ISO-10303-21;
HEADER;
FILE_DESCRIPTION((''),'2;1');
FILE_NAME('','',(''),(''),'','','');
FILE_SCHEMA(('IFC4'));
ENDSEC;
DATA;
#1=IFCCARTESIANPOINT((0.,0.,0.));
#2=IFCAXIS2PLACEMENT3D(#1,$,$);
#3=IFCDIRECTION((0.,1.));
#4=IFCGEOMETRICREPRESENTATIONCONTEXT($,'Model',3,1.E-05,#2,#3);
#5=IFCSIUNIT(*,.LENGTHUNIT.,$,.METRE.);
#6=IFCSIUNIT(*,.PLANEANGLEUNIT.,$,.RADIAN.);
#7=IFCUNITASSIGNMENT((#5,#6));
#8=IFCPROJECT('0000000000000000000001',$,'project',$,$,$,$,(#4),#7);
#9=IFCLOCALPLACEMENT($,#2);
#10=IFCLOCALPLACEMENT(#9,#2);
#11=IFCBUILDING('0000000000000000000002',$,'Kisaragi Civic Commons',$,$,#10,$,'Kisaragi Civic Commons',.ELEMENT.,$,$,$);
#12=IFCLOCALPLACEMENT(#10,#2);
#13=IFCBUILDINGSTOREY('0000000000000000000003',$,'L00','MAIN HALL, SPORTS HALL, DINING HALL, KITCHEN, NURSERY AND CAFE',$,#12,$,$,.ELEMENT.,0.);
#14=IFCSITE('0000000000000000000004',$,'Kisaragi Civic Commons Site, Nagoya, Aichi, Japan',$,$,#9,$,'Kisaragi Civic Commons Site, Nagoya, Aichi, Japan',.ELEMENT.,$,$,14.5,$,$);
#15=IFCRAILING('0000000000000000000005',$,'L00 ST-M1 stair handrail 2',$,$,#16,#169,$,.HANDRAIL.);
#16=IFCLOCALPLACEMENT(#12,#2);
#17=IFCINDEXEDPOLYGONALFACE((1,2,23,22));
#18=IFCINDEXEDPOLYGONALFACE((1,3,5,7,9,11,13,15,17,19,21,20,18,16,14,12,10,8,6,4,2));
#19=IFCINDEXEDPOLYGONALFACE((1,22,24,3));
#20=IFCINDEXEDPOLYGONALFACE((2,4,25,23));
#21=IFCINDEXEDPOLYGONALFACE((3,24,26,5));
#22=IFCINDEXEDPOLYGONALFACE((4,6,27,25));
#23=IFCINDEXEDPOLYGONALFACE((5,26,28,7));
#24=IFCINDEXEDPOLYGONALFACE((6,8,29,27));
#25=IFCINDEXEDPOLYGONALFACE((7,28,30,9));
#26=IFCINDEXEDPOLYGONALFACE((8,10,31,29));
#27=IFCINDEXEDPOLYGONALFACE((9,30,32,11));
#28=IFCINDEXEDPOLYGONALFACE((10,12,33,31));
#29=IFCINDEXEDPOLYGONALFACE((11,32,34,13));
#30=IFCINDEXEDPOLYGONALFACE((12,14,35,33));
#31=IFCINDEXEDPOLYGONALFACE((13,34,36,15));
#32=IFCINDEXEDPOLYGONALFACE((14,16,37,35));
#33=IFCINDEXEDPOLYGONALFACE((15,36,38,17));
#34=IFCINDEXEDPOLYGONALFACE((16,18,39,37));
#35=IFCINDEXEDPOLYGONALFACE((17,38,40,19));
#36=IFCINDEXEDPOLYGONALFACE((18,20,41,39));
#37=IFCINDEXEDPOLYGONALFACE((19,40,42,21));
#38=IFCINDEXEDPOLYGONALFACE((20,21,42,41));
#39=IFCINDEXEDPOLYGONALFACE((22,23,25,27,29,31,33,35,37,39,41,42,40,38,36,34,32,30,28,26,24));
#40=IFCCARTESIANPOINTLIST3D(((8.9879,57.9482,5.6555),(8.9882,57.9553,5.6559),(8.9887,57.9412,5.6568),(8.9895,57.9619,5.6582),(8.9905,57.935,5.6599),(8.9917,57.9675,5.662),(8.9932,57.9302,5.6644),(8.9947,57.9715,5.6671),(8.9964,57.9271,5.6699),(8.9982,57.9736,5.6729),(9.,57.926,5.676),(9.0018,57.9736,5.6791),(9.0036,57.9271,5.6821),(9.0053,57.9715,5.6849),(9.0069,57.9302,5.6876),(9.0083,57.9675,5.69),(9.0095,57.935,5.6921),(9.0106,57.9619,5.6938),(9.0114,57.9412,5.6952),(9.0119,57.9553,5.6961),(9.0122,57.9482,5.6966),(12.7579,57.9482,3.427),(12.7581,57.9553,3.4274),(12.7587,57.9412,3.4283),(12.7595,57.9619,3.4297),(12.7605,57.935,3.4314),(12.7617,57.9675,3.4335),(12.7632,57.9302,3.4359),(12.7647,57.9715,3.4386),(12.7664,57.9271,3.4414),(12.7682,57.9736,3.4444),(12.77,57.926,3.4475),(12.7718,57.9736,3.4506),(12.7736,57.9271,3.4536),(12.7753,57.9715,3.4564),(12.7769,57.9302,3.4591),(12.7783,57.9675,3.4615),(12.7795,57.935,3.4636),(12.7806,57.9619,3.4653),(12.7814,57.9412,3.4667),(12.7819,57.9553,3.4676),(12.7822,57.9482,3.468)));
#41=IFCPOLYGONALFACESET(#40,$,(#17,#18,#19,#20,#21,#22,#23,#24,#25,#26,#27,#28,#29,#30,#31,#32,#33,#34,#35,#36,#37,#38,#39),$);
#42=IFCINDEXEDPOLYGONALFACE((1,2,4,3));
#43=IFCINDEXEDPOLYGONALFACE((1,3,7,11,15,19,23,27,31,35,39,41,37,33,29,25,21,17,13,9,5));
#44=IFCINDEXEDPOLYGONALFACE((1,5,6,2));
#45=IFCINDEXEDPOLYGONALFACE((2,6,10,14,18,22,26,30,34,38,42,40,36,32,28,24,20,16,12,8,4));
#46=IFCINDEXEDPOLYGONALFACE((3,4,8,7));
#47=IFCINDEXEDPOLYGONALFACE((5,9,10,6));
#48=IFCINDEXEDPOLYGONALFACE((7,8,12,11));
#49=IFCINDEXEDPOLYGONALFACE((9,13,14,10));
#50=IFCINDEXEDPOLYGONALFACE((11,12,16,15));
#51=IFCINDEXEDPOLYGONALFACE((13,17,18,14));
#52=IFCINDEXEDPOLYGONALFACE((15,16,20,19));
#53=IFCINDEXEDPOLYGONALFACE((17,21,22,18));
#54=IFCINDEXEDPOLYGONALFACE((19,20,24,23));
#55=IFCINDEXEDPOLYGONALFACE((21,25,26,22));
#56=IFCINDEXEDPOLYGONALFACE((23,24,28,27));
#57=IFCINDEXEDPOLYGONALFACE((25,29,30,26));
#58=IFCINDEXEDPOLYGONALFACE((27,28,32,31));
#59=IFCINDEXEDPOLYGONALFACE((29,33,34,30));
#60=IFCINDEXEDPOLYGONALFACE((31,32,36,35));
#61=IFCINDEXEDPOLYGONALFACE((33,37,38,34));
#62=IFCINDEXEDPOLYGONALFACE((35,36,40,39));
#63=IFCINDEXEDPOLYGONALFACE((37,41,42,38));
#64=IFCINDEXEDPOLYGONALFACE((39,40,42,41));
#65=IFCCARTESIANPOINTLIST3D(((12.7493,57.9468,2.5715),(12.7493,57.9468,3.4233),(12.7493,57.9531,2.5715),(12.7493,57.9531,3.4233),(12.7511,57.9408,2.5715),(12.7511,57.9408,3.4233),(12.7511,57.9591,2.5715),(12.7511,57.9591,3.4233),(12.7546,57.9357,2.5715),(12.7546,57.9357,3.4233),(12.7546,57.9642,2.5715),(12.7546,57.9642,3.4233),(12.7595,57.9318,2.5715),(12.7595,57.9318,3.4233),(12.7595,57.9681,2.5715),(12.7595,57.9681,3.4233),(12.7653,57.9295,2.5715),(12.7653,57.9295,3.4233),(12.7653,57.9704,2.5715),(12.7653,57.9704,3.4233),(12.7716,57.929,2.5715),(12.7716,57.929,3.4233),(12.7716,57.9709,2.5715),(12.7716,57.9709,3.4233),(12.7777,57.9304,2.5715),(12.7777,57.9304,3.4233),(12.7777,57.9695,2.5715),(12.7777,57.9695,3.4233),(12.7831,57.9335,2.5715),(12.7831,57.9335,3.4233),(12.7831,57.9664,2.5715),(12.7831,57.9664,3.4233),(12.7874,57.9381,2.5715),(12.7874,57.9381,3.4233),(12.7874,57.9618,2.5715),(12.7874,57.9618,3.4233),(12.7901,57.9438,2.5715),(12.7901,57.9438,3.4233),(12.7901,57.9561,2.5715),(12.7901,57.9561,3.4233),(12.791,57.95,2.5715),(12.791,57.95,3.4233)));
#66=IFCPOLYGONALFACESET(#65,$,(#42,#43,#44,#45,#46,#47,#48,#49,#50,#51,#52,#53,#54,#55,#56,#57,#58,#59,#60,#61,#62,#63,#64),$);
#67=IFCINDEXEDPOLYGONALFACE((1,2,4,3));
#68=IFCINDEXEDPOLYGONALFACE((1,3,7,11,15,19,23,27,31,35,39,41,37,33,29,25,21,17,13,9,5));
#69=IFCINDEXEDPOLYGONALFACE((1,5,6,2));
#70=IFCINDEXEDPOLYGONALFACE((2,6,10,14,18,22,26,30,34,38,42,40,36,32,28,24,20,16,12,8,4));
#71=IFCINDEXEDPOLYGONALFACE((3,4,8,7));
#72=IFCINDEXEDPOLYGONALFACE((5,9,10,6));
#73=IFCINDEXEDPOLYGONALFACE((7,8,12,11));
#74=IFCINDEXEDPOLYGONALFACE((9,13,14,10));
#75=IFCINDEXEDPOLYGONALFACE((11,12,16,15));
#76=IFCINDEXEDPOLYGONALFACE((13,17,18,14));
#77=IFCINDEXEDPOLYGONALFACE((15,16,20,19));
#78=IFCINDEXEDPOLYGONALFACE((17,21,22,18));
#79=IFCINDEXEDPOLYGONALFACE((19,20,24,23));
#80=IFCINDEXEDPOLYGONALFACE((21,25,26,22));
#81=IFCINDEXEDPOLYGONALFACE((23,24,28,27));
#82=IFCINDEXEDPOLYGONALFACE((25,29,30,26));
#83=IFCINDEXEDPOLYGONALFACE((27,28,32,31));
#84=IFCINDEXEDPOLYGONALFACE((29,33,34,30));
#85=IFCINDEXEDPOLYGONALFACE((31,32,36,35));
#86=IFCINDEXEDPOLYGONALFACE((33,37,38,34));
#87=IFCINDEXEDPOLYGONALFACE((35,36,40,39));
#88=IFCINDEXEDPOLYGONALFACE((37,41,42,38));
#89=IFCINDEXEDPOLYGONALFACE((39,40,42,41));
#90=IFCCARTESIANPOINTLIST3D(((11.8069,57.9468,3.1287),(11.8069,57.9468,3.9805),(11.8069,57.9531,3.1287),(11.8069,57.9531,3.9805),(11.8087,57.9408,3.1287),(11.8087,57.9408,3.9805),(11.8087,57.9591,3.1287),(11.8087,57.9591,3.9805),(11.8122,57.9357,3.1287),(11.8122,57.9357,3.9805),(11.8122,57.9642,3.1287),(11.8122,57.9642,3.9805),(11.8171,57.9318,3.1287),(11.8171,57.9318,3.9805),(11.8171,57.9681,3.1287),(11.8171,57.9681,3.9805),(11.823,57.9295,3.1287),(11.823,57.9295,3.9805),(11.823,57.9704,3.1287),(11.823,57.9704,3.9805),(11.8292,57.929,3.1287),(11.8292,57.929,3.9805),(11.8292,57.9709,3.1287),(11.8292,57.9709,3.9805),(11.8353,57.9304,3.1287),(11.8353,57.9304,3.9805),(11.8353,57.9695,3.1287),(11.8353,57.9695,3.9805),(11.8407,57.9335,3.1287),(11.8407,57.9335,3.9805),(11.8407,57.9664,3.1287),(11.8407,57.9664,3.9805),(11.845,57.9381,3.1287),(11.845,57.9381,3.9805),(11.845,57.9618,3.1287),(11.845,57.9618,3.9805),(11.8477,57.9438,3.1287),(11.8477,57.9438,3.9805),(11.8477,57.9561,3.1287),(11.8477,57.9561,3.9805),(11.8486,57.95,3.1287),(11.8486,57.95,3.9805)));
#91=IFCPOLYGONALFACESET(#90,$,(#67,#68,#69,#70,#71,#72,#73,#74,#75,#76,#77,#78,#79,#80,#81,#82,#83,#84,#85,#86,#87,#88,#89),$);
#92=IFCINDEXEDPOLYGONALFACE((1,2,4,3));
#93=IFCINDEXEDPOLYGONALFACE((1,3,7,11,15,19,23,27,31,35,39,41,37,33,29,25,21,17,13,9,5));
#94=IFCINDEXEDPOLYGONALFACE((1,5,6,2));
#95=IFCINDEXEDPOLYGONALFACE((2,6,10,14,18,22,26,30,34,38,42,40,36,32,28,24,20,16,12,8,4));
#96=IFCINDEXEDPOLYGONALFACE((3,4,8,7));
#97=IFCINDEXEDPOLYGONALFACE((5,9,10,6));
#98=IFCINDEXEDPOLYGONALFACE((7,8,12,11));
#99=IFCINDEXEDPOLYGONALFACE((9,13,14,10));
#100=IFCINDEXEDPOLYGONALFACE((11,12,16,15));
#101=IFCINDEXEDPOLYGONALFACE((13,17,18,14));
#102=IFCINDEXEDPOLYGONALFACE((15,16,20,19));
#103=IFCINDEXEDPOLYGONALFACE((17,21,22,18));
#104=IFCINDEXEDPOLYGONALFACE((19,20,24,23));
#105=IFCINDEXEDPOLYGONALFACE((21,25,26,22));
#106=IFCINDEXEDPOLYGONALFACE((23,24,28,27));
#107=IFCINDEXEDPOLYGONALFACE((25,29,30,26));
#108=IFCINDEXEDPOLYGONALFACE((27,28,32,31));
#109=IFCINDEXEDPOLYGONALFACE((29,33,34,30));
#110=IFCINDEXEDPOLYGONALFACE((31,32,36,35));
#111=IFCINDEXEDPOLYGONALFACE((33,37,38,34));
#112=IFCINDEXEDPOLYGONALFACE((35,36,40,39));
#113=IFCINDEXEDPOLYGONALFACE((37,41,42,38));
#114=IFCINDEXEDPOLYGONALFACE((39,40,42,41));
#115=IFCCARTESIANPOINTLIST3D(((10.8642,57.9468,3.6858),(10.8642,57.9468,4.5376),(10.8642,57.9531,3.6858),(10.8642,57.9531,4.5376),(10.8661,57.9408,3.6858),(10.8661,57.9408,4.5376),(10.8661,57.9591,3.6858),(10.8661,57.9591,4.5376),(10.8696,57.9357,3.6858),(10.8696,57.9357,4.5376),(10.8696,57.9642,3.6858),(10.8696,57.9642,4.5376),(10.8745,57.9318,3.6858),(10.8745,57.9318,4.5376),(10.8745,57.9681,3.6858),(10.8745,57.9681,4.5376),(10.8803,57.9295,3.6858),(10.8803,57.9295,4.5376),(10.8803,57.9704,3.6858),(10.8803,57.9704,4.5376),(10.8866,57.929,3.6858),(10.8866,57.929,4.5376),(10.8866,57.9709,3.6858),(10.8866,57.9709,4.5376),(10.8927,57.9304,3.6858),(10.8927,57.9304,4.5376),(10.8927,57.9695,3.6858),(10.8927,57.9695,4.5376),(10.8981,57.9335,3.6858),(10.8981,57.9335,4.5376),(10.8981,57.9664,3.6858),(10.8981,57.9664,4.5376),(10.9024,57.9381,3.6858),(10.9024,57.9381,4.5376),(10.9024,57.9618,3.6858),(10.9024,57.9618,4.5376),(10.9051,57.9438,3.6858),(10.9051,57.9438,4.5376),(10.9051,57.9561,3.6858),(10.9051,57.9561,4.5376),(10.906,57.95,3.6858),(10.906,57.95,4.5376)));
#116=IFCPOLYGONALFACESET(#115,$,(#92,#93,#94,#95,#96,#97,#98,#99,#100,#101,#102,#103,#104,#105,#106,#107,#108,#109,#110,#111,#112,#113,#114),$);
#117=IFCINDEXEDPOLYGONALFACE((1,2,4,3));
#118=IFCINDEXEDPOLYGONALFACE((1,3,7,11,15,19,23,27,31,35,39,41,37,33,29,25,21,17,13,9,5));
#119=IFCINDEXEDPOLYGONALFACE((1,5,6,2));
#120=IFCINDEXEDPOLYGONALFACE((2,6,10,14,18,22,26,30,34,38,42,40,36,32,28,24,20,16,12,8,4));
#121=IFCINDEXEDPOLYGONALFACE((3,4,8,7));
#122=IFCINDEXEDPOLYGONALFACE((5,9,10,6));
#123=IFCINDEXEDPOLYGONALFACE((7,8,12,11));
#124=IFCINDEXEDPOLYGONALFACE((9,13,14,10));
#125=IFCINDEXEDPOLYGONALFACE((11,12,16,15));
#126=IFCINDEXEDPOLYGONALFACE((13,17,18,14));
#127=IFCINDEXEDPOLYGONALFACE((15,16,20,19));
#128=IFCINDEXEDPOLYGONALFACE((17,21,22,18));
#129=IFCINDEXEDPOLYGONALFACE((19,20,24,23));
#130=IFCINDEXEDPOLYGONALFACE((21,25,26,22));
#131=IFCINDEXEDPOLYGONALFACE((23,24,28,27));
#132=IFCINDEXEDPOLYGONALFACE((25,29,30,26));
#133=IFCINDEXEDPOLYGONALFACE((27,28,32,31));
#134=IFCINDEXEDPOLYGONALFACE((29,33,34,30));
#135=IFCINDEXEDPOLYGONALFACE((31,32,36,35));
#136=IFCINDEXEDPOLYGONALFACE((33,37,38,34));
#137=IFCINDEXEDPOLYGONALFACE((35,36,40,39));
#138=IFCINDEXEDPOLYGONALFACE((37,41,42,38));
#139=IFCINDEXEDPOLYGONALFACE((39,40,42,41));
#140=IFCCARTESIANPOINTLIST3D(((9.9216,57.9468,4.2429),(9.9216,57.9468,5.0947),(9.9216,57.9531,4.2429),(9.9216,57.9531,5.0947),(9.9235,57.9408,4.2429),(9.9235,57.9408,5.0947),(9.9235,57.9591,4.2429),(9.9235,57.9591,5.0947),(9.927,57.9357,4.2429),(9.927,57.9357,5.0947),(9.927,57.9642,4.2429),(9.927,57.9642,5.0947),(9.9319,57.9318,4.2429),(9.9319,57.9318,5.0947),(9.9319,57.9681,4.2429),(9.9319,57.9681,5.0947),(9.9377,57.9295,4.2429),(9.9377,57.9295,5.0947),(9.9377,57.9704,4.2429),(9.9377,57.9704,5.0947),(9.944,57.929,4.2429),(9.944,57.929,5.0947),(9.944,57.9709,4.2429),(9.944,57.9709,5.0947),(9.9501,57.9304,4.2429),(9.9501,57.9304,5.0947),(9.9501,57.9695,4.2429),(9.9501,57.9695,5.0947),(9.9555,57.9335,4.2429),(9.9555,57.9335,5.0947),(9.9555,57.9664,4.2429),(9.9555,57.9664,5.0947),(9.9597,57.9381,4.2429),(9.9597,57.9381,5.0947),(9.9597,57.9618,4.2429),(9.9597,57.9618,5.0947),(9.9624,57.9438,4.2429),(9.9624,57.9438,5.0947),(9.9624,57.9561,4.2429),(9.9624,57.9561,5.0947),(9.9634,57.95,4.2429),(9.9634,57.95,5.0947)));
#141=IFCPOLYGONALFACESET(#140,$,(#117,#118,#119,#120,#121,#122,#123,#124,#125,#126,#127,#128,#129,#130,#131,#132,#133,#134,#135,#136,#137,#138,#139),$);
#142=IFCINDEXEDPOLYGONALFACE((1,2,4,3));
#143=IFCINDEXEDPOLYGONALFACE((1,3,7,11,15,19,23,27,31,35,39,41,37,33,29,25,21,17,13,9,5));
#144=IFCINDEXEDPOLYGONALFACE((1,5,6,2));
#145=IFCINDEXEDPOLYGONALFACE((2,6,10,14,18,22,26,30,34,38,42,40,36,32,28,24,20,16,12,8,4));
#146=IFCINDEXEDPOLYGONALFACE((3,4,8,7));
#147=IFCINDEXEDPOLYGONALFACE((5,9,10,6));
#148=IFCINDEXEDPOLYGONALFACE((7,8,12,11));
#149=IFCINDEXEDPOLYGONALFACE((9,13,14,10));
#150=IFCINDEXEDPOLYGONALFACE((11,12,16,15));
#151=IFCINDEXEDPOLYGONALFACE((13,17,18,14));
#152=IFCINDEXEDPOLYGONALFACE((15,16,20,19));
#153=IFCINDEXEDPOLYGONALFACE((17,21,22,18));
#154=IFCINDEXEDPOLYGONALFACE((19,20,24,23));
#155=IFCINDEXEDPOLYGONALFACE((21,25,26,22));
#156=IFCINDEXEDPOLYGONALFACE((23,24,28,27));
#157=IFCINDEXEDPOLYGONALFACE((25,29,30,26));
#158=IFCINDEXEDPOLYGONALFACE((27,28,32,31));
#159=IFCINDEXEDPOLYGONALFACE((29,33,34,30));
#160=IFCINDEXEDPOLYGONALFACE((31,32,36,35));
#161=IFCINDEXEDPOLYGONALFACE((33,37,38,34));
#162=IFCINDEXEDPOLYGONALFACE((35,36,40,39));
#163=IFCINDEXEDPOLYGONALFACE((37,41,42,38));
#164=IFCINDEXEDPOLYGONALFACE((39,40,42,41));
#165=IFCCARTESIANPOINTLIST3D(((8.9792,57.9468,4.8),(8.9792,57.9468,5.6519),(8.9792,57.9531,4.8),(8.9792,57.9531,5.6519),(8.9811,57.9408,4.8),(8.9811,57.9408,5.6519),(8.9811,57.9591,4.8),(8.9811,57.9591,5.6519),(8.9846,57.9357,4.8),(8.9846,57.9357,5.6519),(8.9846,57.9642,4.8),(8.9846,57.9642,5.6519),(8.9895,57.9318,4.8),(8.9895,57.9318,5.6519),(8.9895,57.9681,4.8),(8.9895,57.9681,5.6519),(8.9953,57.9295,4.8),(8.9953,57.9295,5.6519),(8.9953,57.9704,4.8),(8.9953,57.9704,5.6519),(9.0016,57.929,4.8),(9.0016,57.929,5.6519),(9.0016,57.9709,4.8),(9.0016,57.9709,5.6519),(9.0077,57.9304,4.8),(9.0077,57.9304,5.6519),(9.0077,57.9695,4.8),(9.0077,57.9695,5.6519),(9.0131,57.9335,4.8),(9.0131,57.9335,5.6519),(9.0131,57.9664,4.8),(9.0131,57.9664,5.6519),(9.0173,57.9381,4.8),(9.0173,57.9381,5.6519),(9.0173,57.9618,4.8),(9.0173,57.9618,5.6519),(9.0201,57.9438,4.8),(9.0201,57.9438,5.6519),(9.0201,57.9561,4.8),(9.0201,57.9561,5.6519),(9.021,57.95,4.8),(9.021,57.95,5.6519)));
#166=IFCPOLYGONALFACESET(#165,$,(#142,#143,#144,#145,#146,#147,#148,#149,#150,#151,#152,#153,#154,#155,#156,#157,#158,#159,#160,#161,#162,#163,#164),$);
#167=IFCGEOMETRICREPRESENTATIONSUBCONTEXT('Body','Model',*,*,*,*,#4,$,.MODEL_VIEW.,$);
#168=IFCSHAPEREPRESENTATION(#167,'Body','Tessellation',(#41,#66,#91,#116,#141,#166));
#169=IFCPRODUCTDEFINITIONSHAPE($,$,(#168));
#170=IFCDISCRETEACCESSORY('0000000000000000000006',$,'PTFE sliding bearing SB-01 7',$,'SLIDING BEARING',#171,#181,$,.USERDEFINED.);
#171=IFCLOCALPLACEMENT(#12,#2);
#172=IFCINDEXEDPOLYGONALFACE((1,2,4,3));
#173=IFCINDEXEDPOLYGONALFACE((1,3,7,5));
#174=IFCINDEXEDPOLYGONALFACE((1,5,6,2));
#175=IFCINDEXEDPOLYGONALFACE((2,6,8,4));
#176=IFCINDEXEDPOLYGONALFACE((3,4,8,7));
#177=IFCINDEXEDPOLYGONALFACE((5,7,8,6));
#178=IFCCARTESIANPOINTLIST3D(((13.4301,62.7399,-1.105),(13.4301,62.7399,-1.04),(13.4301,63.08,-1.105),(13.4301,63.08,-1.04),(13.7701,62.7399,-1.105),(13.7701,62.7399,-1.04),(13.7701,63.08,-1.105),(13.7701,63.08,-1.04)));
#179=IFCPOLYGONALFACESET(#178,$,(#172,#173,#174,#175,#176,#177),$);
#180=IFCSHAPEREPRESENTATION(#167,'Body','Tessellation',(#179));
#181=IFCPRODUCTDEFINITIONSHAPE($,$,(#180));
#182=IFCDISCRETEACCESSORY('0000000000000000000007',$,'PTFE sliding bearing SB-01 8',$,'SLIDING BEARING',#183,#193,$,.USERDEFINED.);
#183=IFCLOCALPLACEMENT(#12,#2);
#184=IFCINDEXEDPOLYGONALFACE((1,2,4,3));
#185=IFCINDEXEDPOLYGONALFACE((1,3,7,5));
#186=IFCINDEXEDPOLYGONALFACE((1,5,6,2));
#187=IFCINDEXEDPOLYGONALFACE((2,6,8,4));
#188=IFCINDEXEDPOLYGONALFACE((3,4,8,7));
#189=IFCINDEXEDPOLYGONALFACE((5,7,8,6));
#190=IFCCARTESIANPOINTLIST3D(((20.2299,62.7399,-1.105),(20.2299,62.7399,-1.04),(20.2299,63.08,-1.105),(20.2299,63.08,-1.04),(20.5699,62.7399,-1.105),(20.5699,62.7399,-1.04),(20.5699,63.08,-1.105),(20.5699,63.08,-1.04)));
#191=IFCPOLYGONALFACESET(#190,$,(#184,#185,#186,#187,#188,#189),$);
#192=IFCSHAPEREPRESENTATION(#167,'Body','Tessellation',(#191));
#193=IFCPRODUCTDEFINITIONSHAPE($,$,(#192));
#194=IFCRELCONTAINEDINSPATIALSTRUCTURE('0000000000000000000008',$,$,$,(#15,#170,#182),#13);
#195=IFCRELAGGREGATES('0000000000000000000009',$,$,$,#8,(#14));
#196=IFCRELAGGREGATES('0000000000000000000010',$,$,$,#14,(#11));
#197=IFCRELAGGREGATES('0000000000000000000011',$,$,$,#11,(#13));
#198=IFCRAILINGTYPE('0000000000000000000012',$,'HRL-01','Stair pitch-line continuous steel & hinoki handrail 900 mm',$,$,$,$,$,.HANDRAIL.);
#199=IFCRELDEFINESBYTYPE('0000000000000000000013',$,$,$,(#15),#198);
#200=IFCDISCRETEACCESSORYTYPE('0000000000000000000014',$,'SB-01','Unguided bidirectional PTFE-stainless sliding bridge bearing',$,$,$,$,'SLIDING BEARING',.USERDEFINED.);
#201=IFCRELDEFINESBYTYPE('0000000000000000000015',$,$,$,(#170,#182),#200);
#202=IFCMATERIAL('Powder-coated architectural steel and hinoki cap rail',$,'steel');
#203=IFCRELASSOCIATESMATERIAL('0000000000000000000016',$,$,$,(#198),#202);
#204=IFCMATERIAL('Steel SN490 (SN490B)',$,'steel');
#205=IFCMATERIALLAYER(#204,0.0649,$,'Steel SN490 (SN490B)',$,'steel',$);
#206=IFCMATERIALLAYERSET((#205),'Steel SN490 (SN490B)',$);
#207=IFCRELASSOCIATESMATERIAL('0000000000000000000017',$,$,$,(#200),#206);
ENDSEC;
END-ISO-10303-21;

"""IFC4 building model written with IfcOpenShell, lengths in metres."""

from ifc_helpers import new_model, si_unit, direction, frame, origin, origin_2d, place, context, subcontext, project, spatial, rectangle, circle, extrude, material, layer, layer_set, type_object, element, save


model = new_model("IFC4")

# Units and contexts
model_context = context("Model", 3, precision=1e-05, world=origin(), true_north=direction((0.0, 1.0)))
body_context = subcontext(model_context, "Body", "Model", "MODEL_VIEW")
ifc_project = project(units=[si_unit("LENGTHUNIT", "METRE"), si_unit("PLANEANGLEUNIT", "RADIAN")], contexts=[model_context])

# Site, building, storey
site_placement = place(None, origin())
site = spatial("IfcSite", under=ifc_project, at=site_placement, Name="Kisaragi Civic Commons Site, Nagoya, Aichi, Japan", LongName="Kisaragi Civic Commons Site, Nagoya, Aichi, Japan", CompositionType="ELEMENT", RefElevation=14.5)
building_placement = place(site_placement, origin())
building = spatial("IfcBuilding", under=site, at=building_placement, Name="Kisaragi Civic Commons", LongName="Kisaragi Civic Commons", CompositionType="ELEMENT")
storey_placement = place(building_placement, origin())
storey = spatial("IfcBuildingStorey", under=building, at=storey_placement, Name="L00", Description="MAIN HALL, SPORTS HALL, DINING HALL, KITCHEN, NURSERY AND CAFE", CompositionType="ELEMENT", Elevation=0.0)

# Railing
ifc_material_1 = material(Name="Powder-coated architectural steel and hinoki cap rail", Category="steel")
railing_type_1 = type_object("IfcRailingType", Name="HRL-01", Description="Stair pitch-line continuous steel & hinoki handrail 900 mm", PredefinedType="HANDRAIL", material=ifc_material_1)
railing_1_placement = place(storey_placement, frame((12.77, 57.95, 2.5715)))
element("IfcRailing", 1, at=railing_1_placement, inside=storey, type_object=railing_type_1, Name="L00 ST-M1 stair handrail 2", PredefinedType="HANDRAIL", context=body_context, shape_type="SweptSolid", body=[
    extrude(circle(Radius=0.0239, at=origin_2d()), frame((0.0, 0.0, 0.876), z_axis=(-0.860849, 0.0, 0.508861), x_axis=(0.0, -1.0, 0.0)), (0.0, 0.0, 1.0), 4.3794),
    extrude(circle(Radius=0.021, at=origin_2d()), origin(), (0.0, 0.0, 1.0), 0.8518),
    extrude(circle(Radius=0.021, at=origin_2d()), frame((-0.9424, 0.0, 0.5571)), (0.0, 0.0, 1.0), 0.8518),
    extrude(circle(Radius=0.021, at=origin_2d()), frame((-1.885, 0.0, 1.1143)), (0.0, 0.0, 1.0), 0.8518),
    extrude(circle(Radius=0.021, at=origin_2d()), frame((-2.8276, 0.0, 1.6714)), (0.0, 0.0, 1.0), 0.8518),
    extrude(circle(Radius=0.021, at=origin_2d()), frame((-3.77, 0.0, 2.2285)), (0.0, 0.0, 1.0), 0.8518),
])

# Discrete accessories
ifc_material_2 = material(Name="Steel SN490 (SN490B)", Category="steel")
ifc_layer_1 = layer(ifc_material_2, 0.0649, Name="Steel SN490 (SN490B)", Category="steel")
ifc_layer_set_1 = layer_set([ifc_layer_1], Name="Steel SN490 (SN490B)")
discrete_accessory_type = type_object("IfcDiscreteAccessoryType", Name="SB-01", Description="Unguided bidirectional PTFE-stainless sliding bridge bearing", ElementType="SLIDING BEARING", PredefinedType="USERDEFINED", material=ifc_layer_set_1)
for number, where, z_axis, x_axis, name in (
    (2, (13.6001, 62.9099, -1.105), (0.0, 0.0, 1.0), (1.0, 0.0, 0.0), "PTFE sliding bearing SB-01 7"),
    (3, (20.3999, 62.9099, -1.105), (0.0, 0.0, 1.0), (1.0, 0.0, 0.0), "PTFE sliding bearing SB-01 8"),
):
    element("IfcDiscreteAccessory", number, at=place(storey_placement, frame(where, z_axis=z_axis, x_axis=x_axis)), inside=storey, type_object=discrete_accessory_type, Name=name, ObjectType="SLIDING BEARING", PredefinedType="USERDEFINED", context=body_context, shape_type="SweptSolid", body=[
        extrude(rectangle(XDim=0.3401, YDim=0.3401, at=origin_2d()), origin(), (0.0, 0.0, 1.0), 0.0649),
    ])

save(model, "model.ifc")
